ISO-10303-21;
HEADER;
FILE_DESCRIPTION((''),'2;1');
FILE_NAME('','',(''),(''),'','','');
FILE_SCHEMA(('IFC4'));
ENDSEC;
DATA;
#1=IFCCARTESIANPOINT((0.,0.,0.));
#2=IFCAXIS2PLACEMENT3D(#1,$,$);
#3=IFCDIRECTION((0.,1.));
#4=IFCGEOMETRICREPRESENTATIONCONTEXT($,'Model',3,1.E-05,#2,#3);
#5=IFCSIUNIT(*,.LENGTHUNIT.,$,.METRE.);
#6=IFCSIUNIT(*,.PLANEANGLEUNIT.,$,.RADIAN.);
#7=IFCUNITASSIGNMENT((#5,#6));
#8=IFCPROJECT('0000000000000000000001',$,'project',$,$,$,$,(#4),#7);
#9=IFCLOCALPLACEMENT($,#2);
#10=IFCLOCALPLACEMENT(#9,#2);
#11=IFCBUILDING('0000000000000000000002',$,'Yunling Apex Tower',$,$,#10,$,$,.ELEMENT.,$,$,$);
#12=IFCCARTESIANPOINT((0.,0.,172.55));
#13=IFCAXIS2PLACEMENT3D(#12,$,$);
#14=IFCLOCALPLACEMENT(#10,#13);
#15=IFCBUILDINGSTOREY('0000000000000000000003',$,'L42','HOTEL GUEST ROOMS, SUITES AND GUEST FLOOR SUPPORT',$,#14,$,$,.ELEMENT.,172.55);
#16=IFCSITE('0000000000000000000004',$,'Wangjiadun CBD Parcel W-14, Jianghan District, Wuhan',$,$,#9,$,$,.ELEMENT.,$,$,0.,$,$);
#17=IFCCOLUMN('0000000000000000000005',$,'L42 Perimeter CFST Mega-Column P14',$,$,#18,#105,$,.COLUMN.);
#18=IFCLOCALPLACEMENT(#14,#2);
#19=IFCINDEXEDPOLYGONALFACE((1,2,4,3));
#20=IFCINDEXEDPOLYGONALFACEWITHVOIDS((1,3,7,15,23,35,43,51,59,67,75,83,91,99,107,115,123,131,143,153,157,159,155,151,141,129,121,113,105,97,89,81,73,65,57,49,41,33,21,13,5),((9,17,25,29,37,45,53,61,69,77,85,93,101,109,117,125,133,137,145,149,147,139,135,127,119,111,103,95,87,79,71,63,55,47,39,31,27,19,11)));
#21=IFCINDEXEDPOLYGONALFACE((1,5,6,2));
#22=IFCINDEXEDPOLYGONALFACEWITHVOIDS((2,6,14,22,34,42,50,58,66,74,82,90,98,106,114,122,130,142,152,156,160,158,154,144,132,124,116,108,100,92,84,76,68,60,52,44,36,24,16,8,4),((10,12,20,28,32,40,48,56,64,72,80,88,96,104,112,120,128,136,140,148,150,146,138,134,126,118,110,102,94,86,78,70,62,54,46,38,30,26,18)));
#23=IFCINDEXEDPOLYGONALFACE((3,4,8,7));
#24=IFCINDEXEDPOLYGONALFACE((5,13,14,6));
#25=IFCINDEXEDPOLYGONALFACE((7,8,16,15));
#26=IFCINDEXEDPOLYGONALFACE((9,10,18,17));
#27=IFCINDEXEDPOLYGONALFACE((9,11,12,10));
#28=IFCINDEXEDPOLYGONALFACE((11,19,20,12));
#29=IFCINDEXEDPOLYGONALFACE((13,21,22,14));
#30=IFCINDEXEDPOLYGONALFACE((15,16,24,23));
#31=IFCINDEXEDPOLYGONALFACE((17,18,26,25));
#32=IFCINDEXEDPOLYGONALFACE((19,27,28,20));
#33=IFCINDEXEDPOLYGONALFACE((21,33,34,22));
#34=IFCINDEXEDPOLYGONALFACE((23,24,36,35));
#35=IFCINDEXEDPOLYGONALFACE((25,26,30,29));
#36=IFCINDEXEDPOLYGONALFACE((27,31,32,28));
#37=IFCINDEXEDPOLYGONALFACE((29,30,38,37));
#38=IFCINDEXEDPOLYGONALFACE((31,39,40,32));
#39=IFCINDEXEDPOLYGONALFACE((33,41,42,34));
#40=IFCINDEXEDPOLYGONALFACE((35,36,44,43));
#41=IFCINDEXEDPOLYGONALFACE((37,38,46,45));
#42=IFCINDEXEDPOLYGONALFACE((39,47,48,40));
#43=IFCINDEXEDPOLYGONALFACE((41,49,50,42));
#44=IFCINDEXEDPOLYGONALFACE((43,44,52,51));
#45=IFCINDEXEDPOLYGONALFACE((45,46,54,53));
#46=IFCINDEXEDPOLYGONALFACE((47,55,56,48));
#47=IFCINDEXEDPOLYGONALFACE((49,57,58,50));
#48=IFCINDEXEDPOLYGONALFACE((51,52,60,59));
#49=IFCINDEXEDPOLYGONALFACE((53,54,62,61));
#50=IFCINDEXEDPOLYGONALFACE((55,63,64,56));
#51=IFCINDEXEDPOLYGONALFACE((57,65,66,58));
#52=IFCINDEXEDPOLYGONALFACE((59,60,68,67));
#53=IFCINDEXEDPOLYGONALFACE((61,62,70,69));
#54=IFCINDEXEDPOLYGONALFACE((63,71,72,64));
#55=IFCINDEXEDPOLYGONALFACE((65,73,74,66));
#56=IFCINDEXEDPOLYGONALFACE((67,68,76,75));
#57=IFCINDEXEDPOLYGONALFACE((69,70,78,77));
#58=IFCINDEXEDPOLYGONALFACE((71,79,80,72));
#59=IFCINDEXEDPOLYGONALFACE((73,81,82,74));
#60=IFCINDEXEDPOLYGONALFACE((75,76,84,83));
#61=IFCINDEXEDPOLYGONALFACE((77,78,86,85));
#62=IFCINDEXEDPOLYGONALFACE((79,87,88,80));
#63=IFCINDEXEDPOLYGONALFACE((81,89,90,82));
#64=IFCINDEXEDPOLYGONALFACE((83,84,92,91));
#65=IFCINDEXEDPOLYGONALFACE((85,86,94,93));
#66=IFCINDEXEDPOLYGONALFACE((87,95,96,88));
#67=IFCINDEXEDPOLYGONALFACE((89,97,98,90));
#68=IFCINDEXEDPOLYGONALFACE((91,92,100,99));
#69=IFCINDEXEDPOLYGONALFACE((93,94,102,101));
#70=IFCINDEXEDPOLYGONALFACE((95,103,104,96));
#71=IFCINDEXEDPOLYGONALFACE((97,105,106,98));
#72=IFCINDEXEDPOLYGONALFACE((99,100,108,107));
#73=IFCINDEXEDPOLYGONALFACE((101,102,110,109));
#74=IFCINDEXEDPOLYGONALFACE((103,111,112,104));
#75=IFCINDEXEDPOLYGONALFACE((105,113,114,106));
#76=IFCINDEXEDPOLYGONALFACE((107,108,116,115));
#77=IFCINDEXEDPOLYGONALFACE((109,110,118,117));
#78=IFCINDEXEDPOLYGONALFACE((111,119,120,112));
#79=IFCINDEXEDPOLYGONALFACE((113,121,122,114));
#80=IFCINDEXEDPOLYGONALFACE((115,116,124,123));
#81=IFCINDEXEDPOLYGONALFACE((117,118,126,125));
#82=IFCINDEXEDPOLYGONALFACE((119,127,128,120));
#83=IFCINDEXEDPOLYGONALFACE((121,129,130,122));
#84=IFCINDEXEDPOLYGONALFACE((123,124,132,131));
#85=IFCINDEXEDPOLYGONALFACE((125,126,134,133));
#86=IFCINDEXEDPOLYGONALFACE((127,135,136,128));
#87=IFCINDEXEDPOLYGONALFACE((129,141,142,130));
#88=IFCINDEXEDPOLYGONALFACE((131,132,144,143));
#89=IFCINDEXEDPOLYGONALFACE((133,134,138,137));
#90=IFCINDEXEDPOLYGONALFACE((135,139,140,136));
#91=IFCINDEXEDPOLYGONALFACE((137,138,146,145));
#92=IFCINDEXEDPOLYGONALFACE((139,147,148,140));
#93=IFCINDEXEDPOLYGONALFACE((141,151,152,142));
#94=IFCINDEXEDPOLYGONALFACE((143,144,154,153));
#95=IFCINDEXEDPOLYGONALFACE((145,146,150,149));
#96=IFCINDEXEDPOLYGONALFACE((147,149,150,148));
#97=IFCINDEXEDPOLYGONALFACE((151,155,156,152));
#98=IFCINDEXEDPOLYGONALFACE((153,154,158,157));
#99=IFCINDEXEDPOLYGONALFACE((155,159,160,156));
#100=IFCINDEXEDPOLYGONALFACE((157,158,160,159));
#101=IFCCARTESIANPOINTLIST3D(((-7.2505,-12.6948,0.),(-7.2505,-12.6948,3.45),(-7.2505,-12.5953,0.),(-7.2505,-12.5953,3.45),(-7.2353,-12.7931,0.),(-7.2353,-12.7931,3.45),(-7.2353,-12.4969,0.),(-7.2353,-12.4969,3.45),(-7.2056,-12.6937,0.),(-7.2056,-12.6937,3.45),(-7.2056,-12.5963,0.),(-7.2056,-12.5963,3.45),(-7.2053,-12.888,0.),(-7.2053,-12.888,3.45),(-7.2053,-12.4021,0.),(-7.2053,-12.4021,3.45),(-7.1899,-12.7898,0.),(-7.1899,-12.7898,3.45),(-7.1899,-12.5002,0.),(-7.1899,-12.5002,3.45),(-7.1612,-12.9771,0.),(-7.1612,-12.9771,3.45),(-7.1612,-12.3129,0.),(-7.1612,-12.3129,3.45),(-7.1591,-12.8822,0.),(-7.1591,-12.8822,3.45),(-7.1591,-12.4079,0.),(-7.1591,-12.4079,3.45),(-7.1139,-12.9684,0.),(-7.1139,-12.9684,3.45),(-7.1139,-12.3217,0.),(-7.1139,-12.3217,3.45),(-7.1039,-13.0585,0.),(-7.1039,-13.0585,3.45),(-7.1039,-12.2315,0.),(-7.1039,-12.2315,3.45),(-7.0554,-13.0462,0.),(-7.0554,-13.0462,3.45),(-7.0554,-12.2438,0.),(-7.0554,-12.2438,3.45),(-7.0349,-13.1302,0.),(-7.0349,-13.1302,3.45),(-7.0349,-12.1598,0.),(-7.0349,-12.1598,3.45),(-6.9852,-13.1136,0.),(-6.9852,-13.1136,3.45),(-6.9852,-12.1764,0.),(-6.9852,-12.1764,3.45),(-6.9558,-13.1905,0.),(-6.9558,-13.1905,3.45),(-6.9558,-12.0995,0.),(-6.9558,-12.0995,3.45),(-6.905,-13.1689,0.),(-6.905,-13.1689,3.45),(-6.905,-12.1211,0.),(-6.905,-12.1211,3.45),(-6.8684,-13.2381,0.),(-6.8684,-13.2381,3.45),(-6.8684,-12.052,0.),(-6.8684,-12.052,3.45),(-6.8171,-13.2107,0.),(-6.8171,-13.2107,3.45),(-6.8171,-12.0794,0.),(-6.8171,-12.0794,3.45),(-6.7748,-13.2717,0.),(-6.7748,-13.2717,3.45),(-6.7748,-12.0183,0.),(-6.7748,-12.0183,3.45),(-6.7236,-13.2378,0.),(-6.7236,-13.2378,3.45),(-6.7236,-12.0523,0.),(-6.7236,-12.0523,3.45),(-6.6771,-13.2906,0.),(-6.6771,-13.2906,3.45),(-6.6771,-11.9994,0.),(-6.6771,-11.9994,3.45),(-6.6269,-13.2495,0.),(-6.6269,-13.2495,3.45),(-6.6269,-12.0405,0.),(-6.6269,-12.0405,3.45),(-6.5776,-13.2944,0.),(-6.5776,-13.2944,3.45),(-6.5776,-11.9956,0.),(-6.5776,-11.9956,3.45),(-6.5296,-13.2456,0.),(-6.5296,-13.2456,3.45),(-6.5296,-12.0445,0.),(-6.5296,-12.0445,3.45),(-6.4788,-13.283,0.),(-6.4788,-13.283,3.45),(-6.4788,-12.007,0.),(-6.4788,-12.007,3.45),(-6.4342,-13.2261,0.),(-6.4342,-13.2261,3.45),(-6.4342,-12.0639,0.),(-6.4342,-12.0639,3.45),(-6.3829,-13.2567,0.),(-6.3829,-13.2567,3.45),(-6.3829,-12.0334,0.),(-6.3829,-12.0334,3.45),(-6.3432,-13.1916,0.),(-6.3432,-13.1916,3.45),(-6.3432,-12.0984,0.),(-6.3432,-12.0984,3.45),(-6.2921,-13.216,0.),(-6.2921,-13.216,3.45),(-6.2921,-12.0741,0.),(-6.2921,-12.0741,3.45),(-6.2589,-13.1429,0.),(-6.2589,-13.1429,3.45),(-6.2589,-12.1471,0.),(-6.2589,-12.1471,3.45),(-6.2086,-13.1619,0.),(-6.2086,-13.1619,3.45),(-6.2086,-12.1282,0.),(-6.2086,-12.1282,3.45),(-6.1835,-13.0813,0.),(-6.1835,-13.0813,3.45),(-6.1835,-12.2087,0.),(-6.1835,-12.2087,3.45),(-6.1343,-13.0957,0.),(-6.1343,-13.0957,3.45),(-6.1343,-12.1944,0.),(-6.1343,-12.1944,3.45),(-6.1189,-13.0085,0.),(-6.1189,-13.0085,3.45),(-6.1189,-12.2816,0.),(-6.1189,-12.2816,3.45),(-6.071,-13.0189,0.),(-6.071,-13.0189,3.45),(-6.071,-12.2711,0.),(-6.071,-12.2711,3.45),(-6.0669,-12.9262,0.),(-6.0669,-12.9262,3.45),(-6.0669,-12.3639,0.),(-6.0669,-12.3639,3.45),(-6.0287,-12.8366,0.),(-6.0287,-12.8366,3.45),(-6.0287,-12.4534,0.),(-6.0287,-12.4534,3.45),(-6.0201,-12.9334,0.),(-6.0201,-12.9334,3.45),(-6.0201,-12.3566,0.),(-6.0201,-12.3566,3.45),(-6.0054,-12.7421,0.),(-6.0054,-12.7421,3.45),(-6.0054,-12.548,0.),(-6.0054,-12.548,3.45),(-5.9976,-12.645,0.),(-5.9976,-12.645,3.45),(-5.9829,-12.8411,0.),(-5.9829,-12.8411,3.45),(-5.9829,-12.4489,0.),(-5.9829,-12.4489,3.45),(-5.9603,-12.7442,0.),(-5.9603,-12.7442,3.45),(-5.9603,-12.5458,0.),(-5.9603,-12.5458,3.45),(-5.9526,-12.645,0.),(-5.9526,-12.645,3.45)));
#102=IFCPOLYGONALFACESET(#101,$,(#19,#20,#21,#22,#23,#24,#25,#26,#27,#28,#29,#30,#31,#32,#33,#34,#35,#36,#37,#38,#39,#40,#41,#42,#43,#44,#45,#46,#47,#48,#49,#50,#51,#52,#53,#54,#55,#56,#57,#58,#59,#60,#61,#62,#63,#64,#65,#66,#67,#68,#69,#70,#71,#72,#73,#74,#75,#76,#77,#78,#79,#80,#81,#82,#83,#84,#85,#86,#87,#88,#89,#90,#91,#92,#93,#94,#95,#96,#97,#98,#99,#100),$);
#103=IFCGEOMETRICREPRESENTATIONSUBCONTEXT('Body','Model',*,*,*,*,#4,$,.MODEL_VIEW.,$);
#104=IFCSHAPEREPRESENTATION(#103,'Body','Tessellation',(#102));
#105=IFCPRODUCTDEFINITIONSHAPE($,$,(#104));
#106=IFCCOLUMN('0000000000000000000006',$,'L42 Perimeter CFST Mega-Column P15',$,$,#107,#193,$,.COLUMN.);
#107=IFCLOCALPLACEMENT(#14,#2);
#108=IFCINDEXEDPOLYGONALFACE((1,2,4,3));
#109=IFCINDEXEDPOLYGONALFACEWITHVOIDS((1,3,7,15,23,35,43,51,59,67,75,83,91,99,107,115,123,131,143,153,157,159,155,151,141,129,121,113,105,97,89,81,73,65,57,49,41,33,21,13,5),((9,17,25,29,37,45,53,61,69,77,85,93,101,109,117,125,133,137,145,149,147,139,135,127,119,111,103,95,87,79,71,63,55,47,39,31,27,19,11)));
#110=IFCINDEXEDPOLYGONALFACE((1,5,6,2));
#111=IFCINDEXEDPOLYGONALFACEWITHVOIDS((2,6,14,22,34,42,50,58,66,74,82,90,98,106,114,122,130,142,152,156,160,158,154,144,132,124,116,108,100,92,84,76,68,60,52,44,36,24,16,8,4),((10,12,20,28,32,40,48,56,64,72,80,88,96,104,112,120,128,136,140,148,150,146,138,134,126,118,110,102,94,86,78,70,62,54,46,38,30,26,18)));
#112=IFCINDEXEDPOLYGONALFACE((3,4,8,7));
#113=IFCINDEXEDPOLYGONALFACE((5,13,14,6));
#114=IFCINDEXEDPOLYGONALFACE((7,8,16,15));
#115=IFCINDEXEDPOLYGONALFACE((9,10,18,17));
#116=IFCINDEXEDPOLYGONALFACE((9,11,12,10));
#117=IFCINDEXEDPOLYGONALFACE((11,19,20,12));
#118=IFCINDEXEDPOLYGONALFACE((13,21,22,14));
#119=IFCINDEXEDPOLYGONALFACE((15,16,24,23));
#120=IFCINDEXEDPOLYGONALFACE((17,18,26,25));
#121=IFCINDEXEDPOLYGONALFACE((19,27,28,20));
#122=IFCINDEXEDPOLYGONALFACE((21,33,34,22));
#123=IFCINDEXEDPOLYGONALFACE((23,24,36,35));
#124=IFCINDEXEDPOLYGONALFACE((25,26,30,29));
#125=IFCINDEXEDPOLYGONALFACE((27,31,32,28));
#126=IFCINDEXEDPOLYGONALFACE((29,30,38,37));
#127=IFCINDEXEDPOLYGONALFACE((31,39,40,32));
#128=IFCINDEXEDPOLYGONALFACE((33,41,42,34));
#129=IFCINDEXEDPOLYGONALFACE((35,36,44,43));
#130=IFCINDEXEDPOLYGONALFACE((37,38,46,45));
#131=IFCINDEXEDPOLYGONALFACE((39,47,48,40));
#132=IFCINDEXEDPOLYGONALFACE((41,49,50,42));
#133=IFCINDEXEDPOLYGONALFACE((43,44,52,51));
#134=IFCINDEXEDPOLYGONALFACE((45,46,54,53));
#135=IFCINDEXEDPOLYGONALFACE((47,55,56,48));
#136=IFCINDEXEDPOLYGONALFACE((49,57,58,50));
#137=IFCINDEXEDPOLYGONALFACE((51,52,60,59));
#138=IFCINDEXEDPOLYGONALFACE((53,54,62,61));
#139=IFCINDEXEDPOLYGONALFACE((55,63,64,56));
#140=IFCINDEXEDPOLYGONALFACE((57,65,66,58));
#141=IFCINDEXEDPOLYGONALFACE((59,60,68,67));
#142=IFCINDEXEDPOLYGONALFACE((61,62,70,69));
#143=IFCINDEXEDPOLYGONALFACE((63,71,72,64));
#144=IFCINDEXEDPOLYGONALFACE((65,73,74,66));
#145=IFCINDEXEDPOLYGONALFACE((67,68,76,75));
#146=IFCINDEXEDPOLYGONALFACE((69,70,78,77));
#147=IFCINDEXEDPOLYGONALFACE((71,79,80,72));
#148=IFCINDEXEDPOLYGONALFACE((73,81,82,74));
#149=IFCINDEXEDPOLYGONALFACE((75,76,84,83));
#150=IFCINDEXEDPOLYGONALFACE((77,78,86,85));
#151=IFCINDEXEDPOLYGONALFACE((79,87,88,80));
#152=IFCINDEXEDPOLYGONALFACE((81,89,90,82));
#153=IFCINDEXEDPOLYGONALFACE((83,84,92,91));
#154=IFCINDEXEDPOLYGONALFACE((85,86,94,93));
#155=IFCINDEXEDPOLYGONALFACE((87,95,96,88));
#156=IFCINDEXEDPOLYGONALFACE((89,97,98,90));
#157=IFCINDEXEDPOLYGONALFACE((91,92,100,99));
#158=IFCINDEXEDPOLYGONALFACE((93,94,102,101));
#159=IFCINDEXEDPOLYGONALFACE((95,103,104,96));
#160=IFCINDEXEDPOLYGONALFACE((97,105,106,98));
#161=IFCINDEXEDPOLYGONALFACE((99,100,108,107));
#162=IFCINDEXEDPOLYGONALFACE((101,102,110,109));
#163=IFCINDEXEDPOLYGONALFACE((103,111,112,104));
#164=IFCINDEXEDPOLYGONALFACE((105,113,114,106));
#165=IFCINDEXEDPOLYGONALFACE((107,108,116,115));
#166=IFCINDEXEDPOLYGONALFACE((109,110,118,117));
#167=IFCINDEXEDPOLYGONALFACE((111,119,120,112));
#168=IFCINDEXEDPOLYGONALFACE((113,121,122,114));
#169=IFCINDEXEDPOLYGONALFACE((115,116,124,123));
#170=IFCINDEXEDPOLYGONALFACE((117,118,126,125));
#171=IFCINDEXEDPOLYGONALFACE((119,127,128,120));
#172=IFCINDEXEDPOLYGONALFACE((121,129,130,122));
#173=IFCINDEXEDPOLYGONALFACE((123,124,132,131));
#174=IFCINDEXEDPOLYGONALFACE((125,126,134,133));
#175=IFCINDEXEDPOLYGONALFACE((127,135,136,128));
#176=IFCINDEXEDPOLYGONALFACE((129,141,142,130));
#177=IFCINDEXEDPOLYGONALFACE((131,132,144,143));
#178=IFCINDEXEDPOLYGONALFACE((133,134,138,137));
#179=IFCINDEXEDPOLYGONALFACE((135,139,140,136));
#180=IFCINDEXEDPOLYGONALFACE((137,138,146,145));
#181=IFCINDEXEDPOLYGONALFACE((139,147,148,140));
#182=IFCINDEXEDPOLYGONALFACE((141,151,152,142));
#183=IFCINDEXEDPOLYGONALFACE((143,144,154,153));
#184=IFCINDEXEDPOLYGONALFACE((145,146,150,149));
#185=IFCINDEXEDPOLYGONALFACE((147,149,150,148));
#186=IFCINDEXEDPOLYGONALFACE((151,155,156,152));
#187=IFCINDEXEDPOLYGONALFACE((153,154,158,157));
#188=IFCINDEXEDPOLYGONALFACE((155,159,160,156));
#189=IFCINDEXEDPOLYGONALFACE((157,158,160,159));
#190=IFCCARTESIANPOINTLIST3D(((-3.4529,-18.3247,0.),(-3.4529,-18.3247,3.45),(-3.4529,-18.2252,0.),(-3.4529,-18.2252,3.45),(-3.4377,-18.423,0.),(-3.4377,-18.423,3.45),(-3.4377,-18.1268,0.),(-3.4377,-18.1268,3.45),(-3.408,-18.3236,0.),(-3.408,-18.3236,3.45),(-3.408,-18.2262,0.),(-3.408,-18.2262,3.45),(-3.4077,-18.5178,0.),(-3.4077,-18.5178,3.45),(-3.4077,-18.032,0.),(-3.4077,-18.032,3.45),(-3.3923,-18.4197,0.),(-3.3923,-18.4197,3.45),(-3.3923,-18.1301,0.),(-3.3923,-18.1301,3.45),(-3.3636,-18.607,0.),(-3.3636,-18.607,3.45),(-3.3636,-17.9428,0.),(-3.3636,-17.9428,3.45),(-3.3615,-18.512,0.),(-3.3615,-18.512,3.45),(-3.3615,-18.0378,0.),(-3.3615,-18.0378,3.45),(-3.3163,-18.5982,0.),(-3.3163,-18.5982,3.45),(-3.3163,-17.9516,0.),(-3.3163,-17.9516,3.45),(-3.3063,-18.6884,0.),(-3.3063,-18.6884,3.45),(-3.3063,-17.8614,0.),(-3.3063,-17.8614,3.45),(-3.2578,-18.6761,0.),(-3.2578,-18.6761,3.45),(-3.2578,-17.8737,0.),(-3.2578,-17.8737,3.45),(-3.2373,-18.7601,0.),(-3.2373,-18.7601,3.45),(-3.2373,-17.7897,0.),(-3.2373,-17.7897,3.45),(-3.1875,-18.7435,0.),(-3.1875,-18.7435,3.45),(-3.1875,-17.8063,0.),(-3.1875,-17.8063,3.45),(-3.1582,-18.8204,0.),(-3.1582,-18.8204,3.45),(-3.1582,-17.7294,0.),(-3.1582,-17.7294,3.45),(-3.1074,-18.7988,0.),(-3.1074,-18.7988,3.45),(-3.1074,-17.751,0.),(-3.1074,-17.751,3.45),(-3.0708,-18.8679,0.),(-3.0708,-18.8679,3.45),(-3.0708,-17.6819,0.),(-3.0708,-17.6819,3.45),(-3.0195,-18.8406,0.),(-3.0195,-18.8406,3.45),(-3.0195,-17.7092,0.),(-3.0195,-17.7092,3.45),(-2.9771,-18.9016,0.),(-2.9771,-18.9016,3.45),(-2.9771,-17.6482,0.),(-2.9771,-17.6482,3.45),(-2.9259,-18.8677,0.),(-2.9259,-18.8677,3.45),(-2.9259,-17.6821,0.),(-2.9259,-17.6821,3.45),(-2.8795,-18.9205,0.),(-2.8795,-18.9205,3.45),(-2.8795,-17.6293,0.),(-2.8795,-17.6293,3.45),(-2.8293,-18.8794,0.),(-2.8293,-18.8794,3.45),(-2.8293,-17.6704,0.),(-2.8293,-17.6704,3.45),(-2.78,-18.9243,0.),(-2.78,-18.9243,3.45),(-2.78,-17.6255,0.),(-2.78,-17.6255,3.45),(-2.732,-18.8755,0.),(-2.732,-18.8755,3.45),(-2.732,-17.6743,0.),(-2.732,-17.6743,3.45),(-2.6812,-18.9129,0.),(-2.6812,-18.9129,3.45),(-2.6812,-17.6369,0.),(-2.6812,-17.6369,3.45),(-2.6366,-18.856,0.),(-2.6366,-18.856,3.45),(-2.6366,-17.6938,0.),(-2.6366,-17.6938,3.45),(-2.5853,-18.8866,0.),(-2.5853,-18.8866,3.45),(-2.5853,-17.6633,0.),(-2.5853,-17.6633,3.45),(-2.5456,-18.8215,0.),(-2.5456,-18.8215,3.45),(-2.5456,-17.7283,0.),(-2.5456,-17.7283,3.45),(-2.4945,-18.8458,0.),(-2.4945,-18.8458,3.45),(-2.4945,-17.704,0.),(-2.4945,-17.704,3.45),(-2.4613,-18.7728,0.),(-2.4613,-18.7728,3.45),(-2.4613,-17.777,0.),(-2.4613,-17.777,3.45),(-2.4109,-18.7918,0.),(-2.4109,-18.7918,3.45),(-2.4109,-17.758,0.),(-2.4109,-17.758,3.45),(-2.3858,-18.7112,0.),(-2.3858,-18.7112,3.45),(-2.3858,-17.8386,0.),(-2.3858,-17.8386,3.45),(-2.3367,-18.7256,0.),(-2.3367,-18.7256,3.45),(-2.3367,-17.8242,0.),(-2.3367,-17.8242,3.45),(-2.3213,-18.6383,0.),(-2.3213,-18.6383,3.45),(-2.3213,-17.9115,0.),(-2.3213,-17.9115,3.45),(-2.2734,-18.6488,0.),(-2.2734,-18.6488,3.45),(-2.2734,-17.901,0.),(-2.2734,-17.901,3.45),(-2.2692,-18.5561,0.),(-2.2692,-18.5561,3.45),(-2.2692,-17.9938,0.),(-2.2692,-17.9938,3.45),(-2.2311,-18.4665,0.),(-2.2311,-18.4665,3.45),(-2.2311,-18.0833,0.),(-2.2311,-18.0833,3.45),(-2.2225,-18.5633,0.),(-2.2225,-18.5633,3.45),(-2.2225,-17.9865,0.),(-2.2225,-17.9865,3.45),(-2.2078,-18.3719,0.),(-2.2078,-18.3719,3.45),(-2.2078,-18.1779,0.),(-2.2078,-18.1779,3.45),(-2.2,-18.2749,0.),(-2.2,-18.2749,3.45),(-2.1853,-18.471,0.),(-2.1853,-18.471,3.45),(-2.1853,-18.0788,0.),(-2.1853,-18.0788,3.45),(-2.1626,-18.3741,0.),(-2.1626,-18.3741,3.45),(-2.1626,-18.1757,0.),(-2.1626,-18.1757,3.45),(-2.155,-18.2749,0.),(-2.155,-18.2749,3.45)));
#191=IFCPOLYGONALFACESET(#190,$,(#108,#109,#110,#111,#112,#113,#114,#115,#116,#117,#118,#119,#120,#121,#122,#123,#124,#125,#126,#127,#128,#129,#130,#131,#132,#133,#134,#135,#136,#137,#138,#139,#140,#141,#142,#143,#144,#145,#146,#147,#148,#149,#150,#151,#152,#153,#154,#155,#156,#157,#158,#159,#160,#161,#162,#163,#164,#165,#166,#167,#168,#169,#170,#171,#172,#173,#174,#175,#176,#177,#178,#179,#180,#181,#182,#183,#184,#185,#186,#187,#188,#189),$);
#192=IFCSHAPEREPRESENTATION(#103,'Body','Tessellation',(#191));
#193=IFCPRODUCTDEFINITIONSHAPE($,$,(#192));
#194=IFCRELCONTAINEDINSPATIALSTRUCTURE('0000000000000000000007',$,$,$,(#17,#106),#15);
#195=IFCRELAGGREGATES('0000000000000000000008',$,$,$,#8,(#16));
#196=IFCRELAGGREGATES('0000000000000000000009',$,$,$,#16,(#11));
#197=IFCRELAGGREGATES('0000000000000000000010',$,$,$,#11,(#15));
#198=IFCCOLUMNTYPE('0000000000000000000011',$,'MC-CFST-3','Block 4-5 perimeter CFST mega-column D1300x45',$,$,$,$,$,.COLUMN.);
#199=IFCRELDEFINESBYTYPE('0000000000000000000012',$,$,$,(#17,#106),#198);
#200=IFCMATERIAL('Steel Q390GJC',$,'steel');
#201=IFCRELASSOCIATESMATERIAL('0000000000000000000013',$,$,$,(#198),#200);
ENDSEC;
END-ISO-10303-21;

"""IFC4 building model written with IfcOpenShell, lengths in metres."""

from ifc_helpers import new_model, si_unit, direction, frame, origin, origin_2d, place, context, subcontext, project, spatial, hollow_circle, extrude, source, transform, mapped, material, material_profile, profile_set, type_object, element, save


model = new_model("IFC4")

# Units and contexts
model_context = context("Model", 3, precision=1e-05, world=origin(), true_north=direction((0.0, 1.0)))
body_context = subcontext(model_context, "Body", "Model", "MODEL_VIEW")
ifc_project = project(units=[si_unit("LENGTHUNIT", "METRE"), si_unit("PLANEANGLEUNIT", "RADIAN")], contexts=[model_context])

# Site, building, storey
site_placement = place(None, origin())
site = spatial("IfcSite", under=ifc_project, at=site_placement, Name="Wangjiadun CBD Parcel W-14, Jianghan District, Wuhan", CompositionType="ELEMENT", RefElevation=0.0)
building_placement = place(site_placement, origin())
building = spatial("IfcBuilding", under=site, at=building_placement, Name="Yunling Apex Tower", CompositionType="ELEMENT")
storey_placement = place(building_placement, frame((0.0, 0.0, 172.55)))
storey = spatial("IfcBuildingStorey", under=building, at=storey_placement, Name="L42", Description="HOTEL GUEST ROOMS, SUITES AND GUEST FLOOR SUPPORT", CompositionType="ELEMENT", Elevation=172.55)

# Columns
ifc_material_1 = material(Name="Steel Q390GJC", Category="steel")
ifc_material_profile_1 = material_profile(ifc_material_1, hollow_circle(Radius=0.6499, WallThickness=0.0449, at=origin_2d()))
ifc_profile_set_1 = profile_set([ifc_material_profile_1], Name="Steel Q390GJC")
column_type = type_object("IfcColumnType", Name="MC-CFST-3", Description="Block 4-5 perimeter CFST mega-column D1300x45", PredefinedType="COLUMN", material=ifc_profile_set_1)
shared_shape_1 = source(origin(), body_context, "Body", "SweptSolid", [
    extrude(hollow_circle(Radius=0.6499, WallThickness=0.0449, at=origin_2d()), origin(), (0.0, 0.0, 1.0), 3.45),
])
for number, where, z_axis, x_axis, name in (
    (1, (-6.6025, -12.645, 0.0), (0.0, 0.0, 1.0), (1.0, 0.0, 0.0), "L42 Perimeter CFST Mega-Column P14"),
    (2, (-2.8049, -18.2749, 0.0), (0.0, 0.0, 1.0), (1.0, 0.0, 0.0), "L42 Perimeter CFST Mega-Column P15"),
):
    element("IfcColumn", number, at=place(storey_placement, frame(where, z_axis=z_axis, x_axis=x_axis)), inside=storey, type_object=column_type, Name=name, PredefinedType="COLUMN", context=body_context, shape_type="MappedRepresentation", body=[
        mapped(shared_shape_1, transform((0.0, 0.0, 0.0), scale=1.0)),
    ])

save(model, "model.ifc")
